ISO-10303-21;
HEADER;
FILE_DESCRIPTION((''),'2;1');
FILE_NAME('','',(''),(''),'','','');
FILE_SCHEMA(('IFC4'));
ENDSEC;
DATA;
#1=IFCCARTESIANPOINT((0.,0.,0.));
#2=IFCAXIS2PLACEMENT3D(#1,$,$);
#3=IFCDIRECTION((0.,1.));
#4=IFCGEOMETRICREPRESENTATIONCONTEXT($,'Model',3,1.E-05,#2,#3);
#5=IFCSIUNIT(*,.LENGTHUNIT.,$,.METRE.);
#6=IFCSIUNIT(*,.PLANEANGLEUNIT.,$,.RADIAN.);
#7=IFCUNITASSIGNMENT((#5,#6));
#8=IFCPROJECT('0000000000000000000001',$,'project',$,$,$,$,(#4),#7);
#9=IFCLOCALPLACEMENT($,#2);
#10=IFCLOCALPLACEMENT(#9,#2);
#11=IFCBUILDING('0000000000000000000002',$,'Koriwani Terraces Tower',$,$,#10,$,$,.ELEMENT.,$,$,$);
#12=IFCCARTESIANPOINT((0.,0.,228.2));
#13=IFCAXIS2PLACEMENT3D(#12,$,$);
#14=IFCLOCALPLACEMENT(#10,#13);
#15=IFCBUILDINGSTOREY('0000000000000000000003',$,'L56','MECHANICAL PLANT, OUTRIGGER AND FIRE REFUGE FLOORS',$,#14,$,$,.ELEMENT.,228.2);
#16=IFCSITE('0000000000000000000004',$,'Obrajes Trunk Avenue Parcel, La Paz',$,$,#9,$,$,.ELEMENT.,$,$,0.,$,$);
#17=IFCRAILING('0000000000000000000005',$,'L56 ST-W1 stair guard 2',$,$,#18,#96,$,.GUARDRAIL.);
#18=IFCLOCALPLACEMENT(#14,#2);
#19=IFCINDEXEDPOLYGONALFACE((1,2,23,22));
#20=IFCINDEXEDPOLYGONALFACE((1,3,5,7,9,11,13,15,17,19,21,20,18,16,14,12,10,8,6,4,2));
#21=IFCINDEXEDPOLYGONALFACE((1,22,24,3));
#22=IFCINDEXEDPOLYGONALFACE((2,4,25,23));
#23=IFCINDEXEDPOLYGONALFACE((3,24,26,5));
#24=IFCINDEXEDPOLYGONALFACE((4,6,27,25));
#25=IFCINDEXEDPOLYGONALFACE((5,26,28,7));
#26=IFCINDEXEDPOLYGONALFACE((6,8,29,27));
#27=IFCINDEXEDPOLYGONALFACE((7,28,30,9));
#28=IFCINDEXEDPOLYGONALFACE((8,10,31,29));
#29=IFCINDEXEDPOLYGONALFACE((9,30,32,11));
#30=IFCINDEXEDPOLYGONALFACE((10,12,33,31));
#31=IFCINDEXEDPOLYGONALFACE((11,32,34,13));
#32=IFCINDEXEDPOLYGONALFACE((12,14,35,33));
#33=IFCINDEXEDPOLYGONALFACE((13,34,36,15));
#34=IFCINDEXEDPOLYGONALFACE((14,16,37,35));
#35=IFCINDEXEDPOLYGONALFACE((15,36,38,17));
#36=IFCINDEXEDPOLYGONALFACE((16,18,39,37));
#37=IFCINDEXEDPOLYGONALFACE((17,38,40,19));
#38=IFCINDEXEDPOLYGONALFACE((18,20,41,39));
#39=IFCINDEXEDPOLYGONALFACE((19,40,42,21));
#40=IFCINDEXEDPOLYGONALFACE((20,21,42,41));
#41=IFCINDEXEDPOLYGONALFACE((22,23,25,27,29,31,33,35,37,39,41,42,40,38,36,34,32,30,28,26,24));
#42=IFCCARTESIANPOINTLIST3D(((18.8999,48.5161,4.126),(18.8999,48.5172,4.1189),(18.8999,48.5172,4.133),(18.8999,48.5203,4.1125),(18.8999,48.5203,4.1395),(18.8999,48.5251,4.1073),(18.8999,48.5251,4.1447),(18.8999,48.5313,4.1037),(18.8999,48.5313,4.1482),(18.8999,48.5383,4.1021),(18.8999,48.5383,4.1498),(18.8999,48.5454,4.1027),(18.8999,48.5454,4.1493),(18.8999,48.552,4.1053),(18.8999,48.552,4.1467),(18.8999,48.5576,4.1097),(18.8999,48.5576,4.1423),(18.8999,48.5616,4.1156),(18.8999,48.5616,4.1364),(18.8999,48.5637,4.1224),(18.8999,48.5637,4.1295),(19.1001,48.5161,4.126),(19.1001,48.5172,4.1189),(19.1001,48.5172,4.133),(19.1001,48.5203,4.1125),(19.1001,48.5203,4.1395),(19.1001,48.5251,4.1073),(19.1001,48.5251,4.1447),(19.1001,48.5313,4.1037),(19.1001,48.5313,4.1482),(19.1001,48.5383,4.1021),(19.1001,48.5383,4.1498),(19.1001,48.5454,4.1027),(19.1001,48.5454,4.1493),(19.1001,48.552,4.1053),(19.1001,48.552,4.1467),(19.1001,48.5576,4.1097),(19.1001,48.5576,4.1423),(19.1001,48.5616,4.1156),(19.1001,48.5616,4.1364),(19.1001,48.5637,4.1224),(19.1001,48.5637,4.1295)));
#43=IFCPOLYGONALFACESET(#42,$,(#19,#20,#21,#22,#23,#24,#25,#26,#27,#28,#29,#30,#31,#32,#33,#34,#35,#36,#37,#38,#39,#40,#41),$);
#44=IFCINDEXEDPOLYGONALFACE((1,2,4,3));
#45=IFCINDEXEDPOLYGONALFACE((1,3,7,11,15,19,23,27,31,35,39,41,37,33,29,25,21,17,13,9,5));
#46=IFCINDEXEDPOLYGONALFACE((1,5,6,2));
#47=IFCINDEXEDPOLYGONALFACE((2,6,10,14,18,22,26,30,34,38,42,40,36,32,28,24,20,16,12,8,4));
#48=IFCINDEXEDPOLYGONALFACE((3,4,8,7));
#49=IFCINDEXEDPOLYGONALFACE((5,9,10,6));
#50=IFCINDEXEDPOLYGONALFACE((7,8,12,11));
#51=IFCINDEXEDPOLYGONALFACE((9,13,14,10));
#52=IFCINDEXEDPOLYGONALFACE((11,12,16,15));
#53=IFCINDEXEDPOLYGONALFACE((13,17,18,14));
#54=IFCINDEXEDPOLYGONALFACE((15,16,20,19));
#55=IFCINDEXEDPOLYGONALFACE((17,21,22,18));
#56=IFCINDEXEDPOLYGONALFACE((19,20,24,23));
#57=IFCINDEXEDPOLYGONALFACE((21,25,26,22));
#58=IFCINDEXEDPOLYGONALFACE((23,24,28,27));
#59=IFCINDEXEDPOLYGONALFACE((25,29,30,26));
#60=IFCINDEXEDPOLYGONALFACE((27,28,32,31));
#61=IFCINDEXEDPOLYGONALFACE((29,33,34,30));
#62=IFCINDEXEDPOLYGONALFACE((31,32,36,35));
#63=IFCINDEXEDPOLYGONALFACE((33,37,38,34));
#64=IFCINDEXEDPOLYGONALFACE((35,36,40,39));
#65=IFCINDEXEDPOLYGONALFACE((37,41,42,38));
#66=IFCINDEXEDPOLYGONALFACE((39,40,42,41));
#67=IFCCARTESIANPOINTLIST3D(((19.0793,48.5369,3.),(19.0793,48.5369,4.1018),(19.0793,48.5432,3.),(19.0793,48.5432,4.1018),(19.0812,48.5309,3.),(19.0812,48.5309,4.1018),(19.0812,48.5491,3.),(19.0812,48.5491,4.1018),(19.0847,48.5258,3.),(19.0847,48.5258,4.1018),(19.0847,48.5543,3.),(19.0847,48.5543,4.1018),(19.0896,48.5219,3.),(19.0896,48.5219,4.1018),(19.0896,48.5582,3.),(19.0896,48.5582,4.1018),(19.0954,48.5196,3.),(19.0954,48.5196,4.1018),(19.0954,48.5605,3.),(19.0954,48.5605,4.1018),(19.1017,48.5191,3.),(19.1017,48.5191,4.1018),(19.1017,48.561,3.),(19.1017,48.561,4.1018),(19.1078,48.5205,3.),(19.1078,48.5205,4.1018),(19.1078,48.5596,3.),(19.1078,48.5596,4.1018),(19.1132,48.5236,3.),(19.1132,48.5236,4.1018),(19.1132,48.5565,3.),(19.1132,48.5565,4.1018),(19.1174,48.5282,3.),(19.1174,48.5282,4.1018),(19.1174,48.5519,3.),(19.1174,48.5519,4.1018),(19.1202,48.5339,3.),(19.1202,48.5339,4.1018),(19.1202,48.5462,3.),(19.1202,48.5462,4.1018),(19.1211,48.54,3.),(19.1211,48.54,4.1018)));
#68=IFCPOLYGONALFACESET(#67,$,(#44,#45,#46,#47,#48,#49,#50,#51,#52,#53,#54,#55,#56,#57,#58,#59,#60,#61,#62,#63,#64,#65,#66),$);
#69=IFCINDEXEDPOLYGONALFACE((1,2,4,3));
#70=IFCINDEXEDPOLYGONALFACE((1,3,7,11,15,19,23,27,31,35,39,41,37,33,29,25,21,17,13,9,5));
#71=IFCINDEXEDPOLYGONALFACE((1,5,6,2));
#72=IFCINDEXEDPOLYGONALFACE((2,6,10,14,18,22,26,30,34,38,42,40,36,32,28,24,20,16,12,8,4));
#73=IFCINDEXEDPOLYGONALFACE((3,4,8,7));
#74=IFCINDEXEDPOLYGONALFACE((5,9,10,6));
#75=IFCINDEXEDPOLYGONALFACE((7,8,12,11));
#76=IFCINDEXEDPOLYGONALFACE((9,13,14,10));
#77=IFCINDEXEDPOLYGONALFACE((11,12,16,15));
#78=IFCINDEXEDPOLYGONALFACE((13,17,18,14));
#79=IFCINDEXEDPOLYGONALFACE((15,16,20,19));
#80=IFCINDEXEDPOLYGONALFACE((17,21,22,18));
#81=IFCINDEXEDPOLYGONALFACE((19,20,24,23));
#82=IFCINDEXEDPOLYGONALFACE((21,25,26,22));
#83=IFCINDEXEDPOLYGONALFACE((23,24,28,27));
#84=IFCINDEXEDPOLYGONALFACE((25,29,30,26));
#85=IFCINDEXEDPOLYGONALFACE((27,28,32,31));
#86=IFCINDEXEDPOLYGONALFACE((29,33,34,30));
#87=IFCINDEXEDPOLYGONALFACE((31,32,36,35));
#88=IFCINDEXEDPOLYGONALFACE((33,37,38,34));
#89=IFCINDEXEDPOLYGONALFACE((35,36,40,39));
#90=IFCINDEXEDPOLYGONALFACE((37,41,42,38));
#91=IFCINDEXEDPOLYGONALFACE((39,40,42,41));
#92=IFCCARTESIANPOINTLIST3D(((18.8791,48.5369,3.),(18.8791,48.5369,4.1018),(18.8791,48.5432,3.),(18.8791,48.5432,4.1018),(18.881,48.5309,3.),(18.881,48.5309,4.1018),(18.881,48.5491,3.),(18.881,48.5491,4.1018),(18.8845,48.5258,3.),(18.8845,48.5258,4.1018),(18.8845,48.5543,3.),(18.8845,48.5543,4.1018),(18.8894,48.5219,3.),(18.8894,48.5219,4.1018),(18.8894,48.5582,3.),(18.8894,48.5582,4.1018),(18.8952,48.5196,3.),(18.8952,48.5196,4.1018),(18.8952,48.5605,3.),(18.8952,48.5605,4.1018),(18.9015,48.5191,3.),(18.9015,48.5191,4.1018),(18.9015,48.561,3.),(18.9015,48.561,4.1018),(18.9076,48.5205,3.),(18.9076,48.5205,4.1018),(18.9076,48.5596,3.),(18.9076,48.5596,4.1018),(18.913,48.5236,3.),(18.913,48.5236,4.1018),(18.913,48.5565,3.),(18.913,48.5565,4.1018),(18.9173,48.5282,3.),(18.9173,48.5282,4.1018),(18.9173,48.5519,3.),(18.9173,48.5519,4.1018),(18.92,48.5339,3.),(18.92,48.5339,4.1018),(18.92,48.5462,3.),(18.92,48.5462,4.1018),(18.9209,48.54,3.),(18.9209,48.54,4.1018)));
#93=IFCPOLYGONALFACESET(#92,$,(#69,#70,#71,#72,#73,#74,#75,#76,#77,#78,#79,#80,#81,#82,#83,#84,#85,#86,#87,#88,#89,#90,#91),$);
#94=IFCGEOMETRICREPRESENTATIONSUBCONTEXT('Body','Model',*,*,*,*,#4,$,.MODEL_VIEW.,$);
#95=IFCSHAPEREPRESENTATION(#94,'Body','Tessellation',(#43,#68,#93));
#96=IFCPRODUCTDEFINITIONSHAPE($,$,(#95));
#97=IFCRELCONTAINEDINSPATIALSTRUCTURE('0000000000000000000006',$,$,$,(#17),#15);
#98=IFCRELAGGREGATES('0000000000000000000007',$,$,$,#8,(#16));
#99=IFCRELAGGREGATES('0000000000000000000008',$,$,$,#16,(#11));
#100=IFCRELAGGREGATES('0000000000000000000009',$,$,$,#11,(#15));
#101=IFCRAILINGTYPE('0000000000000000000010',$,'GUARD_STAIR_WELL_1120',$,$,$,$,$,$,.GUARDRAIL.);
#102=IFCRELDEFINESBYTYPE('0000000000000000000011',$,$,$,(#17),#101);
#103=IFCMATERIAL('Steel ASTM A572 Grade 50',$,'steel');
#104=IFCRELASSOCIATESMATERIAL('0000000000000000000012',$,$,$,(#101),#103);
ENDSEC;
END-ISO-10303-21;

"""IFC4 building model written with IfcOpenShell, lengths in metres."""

from ifc_helpers import new_model, si_unit, direction, frame, origin, origin_2d, place, context, subcontext, project, spatial, circle, extrude, material, type_object, element, save


model = new_model("IFC4")

# Units and contexts
model_context = context("Model", 3, precision=1e-05, world=origin(), true_north=direction((0.0, 1.0)))
body_context = subcontext(model_context, "Body", "Model", "MODEL_VIEW")
ifc_project = project(units=[si_unit("LENGTHUNIT", "METRE"), si_unit("PLANEANGLEUNIT", "RADIAN")], contexts=[model_context])

# Site, building, storey
site_placement = place(None, origin())
site = spatial("IfcSite", under=ifc_project, at=site_placement, Name="Obrajes Trunk Avenue Parcel, La Paz", CompositionType="ELEMENT", RefElevation=0.0)
building_placement = place(site_placement, origin())
building = spatial("IfcBuilding", under=site, at=building_placement, Name="Koriwani Terraces Tower", CompositionType="ELEMENT")
storey_placement = place(building_placement, frame((0.0, 0.0, 228.2)))
storey = spatial("IfcBuildingStorey", under=building, at=storey_placement, Name="L56", Description="MECHANICAL PLANT, OUTRIGGER AND FIRE REFUGE FLOORS", CompositionType="ELEMENT", Elevation=228.2)

# Shared definitions
ifc_material_1 = material(Name="Steel ASTM A572 Grade 50", Category="steel")

# Railing
railing_type_1 = type_object("IfcRailingType", Name="GUARD_STAIR_WELL_1120", PredefinedType="GUARDRAIL", material=ifc_material_1)
railing_1_placement = place(storey_placement, frame((19.1001, 48.54, 3.0)))
element("IfcRailing", 1, at=railing_1_placement, inside=storey, type_object=railing_type_1, Name="L56 ST-W1 stair guard 2", PredefinedType="GUARDRAIL", context=body_context, shape_type="SweptSolid", body=[
    extrude(circle(Radius=0.0239, at=origin_2d()), frame((0.0, 0.0, 1.126), z_axis=(-1.0, 0.0, 0.0), x_axis=(0.0, -1.0, 0.0)), (0.0, 0.0, 1.0), 0.2002),
    extrude(circle(Radius=0.021, at=origin_2d()), origin(), (0.0, 0.0, 1.0), 1.1018),
    extrude(circle(Radius=0.021, at=origin_2d()), frame((-0.2002, 0.0, 0.0)), (0.0, 0.0, 1.0), 1.1018),
])

save(model, "model.ifc")
